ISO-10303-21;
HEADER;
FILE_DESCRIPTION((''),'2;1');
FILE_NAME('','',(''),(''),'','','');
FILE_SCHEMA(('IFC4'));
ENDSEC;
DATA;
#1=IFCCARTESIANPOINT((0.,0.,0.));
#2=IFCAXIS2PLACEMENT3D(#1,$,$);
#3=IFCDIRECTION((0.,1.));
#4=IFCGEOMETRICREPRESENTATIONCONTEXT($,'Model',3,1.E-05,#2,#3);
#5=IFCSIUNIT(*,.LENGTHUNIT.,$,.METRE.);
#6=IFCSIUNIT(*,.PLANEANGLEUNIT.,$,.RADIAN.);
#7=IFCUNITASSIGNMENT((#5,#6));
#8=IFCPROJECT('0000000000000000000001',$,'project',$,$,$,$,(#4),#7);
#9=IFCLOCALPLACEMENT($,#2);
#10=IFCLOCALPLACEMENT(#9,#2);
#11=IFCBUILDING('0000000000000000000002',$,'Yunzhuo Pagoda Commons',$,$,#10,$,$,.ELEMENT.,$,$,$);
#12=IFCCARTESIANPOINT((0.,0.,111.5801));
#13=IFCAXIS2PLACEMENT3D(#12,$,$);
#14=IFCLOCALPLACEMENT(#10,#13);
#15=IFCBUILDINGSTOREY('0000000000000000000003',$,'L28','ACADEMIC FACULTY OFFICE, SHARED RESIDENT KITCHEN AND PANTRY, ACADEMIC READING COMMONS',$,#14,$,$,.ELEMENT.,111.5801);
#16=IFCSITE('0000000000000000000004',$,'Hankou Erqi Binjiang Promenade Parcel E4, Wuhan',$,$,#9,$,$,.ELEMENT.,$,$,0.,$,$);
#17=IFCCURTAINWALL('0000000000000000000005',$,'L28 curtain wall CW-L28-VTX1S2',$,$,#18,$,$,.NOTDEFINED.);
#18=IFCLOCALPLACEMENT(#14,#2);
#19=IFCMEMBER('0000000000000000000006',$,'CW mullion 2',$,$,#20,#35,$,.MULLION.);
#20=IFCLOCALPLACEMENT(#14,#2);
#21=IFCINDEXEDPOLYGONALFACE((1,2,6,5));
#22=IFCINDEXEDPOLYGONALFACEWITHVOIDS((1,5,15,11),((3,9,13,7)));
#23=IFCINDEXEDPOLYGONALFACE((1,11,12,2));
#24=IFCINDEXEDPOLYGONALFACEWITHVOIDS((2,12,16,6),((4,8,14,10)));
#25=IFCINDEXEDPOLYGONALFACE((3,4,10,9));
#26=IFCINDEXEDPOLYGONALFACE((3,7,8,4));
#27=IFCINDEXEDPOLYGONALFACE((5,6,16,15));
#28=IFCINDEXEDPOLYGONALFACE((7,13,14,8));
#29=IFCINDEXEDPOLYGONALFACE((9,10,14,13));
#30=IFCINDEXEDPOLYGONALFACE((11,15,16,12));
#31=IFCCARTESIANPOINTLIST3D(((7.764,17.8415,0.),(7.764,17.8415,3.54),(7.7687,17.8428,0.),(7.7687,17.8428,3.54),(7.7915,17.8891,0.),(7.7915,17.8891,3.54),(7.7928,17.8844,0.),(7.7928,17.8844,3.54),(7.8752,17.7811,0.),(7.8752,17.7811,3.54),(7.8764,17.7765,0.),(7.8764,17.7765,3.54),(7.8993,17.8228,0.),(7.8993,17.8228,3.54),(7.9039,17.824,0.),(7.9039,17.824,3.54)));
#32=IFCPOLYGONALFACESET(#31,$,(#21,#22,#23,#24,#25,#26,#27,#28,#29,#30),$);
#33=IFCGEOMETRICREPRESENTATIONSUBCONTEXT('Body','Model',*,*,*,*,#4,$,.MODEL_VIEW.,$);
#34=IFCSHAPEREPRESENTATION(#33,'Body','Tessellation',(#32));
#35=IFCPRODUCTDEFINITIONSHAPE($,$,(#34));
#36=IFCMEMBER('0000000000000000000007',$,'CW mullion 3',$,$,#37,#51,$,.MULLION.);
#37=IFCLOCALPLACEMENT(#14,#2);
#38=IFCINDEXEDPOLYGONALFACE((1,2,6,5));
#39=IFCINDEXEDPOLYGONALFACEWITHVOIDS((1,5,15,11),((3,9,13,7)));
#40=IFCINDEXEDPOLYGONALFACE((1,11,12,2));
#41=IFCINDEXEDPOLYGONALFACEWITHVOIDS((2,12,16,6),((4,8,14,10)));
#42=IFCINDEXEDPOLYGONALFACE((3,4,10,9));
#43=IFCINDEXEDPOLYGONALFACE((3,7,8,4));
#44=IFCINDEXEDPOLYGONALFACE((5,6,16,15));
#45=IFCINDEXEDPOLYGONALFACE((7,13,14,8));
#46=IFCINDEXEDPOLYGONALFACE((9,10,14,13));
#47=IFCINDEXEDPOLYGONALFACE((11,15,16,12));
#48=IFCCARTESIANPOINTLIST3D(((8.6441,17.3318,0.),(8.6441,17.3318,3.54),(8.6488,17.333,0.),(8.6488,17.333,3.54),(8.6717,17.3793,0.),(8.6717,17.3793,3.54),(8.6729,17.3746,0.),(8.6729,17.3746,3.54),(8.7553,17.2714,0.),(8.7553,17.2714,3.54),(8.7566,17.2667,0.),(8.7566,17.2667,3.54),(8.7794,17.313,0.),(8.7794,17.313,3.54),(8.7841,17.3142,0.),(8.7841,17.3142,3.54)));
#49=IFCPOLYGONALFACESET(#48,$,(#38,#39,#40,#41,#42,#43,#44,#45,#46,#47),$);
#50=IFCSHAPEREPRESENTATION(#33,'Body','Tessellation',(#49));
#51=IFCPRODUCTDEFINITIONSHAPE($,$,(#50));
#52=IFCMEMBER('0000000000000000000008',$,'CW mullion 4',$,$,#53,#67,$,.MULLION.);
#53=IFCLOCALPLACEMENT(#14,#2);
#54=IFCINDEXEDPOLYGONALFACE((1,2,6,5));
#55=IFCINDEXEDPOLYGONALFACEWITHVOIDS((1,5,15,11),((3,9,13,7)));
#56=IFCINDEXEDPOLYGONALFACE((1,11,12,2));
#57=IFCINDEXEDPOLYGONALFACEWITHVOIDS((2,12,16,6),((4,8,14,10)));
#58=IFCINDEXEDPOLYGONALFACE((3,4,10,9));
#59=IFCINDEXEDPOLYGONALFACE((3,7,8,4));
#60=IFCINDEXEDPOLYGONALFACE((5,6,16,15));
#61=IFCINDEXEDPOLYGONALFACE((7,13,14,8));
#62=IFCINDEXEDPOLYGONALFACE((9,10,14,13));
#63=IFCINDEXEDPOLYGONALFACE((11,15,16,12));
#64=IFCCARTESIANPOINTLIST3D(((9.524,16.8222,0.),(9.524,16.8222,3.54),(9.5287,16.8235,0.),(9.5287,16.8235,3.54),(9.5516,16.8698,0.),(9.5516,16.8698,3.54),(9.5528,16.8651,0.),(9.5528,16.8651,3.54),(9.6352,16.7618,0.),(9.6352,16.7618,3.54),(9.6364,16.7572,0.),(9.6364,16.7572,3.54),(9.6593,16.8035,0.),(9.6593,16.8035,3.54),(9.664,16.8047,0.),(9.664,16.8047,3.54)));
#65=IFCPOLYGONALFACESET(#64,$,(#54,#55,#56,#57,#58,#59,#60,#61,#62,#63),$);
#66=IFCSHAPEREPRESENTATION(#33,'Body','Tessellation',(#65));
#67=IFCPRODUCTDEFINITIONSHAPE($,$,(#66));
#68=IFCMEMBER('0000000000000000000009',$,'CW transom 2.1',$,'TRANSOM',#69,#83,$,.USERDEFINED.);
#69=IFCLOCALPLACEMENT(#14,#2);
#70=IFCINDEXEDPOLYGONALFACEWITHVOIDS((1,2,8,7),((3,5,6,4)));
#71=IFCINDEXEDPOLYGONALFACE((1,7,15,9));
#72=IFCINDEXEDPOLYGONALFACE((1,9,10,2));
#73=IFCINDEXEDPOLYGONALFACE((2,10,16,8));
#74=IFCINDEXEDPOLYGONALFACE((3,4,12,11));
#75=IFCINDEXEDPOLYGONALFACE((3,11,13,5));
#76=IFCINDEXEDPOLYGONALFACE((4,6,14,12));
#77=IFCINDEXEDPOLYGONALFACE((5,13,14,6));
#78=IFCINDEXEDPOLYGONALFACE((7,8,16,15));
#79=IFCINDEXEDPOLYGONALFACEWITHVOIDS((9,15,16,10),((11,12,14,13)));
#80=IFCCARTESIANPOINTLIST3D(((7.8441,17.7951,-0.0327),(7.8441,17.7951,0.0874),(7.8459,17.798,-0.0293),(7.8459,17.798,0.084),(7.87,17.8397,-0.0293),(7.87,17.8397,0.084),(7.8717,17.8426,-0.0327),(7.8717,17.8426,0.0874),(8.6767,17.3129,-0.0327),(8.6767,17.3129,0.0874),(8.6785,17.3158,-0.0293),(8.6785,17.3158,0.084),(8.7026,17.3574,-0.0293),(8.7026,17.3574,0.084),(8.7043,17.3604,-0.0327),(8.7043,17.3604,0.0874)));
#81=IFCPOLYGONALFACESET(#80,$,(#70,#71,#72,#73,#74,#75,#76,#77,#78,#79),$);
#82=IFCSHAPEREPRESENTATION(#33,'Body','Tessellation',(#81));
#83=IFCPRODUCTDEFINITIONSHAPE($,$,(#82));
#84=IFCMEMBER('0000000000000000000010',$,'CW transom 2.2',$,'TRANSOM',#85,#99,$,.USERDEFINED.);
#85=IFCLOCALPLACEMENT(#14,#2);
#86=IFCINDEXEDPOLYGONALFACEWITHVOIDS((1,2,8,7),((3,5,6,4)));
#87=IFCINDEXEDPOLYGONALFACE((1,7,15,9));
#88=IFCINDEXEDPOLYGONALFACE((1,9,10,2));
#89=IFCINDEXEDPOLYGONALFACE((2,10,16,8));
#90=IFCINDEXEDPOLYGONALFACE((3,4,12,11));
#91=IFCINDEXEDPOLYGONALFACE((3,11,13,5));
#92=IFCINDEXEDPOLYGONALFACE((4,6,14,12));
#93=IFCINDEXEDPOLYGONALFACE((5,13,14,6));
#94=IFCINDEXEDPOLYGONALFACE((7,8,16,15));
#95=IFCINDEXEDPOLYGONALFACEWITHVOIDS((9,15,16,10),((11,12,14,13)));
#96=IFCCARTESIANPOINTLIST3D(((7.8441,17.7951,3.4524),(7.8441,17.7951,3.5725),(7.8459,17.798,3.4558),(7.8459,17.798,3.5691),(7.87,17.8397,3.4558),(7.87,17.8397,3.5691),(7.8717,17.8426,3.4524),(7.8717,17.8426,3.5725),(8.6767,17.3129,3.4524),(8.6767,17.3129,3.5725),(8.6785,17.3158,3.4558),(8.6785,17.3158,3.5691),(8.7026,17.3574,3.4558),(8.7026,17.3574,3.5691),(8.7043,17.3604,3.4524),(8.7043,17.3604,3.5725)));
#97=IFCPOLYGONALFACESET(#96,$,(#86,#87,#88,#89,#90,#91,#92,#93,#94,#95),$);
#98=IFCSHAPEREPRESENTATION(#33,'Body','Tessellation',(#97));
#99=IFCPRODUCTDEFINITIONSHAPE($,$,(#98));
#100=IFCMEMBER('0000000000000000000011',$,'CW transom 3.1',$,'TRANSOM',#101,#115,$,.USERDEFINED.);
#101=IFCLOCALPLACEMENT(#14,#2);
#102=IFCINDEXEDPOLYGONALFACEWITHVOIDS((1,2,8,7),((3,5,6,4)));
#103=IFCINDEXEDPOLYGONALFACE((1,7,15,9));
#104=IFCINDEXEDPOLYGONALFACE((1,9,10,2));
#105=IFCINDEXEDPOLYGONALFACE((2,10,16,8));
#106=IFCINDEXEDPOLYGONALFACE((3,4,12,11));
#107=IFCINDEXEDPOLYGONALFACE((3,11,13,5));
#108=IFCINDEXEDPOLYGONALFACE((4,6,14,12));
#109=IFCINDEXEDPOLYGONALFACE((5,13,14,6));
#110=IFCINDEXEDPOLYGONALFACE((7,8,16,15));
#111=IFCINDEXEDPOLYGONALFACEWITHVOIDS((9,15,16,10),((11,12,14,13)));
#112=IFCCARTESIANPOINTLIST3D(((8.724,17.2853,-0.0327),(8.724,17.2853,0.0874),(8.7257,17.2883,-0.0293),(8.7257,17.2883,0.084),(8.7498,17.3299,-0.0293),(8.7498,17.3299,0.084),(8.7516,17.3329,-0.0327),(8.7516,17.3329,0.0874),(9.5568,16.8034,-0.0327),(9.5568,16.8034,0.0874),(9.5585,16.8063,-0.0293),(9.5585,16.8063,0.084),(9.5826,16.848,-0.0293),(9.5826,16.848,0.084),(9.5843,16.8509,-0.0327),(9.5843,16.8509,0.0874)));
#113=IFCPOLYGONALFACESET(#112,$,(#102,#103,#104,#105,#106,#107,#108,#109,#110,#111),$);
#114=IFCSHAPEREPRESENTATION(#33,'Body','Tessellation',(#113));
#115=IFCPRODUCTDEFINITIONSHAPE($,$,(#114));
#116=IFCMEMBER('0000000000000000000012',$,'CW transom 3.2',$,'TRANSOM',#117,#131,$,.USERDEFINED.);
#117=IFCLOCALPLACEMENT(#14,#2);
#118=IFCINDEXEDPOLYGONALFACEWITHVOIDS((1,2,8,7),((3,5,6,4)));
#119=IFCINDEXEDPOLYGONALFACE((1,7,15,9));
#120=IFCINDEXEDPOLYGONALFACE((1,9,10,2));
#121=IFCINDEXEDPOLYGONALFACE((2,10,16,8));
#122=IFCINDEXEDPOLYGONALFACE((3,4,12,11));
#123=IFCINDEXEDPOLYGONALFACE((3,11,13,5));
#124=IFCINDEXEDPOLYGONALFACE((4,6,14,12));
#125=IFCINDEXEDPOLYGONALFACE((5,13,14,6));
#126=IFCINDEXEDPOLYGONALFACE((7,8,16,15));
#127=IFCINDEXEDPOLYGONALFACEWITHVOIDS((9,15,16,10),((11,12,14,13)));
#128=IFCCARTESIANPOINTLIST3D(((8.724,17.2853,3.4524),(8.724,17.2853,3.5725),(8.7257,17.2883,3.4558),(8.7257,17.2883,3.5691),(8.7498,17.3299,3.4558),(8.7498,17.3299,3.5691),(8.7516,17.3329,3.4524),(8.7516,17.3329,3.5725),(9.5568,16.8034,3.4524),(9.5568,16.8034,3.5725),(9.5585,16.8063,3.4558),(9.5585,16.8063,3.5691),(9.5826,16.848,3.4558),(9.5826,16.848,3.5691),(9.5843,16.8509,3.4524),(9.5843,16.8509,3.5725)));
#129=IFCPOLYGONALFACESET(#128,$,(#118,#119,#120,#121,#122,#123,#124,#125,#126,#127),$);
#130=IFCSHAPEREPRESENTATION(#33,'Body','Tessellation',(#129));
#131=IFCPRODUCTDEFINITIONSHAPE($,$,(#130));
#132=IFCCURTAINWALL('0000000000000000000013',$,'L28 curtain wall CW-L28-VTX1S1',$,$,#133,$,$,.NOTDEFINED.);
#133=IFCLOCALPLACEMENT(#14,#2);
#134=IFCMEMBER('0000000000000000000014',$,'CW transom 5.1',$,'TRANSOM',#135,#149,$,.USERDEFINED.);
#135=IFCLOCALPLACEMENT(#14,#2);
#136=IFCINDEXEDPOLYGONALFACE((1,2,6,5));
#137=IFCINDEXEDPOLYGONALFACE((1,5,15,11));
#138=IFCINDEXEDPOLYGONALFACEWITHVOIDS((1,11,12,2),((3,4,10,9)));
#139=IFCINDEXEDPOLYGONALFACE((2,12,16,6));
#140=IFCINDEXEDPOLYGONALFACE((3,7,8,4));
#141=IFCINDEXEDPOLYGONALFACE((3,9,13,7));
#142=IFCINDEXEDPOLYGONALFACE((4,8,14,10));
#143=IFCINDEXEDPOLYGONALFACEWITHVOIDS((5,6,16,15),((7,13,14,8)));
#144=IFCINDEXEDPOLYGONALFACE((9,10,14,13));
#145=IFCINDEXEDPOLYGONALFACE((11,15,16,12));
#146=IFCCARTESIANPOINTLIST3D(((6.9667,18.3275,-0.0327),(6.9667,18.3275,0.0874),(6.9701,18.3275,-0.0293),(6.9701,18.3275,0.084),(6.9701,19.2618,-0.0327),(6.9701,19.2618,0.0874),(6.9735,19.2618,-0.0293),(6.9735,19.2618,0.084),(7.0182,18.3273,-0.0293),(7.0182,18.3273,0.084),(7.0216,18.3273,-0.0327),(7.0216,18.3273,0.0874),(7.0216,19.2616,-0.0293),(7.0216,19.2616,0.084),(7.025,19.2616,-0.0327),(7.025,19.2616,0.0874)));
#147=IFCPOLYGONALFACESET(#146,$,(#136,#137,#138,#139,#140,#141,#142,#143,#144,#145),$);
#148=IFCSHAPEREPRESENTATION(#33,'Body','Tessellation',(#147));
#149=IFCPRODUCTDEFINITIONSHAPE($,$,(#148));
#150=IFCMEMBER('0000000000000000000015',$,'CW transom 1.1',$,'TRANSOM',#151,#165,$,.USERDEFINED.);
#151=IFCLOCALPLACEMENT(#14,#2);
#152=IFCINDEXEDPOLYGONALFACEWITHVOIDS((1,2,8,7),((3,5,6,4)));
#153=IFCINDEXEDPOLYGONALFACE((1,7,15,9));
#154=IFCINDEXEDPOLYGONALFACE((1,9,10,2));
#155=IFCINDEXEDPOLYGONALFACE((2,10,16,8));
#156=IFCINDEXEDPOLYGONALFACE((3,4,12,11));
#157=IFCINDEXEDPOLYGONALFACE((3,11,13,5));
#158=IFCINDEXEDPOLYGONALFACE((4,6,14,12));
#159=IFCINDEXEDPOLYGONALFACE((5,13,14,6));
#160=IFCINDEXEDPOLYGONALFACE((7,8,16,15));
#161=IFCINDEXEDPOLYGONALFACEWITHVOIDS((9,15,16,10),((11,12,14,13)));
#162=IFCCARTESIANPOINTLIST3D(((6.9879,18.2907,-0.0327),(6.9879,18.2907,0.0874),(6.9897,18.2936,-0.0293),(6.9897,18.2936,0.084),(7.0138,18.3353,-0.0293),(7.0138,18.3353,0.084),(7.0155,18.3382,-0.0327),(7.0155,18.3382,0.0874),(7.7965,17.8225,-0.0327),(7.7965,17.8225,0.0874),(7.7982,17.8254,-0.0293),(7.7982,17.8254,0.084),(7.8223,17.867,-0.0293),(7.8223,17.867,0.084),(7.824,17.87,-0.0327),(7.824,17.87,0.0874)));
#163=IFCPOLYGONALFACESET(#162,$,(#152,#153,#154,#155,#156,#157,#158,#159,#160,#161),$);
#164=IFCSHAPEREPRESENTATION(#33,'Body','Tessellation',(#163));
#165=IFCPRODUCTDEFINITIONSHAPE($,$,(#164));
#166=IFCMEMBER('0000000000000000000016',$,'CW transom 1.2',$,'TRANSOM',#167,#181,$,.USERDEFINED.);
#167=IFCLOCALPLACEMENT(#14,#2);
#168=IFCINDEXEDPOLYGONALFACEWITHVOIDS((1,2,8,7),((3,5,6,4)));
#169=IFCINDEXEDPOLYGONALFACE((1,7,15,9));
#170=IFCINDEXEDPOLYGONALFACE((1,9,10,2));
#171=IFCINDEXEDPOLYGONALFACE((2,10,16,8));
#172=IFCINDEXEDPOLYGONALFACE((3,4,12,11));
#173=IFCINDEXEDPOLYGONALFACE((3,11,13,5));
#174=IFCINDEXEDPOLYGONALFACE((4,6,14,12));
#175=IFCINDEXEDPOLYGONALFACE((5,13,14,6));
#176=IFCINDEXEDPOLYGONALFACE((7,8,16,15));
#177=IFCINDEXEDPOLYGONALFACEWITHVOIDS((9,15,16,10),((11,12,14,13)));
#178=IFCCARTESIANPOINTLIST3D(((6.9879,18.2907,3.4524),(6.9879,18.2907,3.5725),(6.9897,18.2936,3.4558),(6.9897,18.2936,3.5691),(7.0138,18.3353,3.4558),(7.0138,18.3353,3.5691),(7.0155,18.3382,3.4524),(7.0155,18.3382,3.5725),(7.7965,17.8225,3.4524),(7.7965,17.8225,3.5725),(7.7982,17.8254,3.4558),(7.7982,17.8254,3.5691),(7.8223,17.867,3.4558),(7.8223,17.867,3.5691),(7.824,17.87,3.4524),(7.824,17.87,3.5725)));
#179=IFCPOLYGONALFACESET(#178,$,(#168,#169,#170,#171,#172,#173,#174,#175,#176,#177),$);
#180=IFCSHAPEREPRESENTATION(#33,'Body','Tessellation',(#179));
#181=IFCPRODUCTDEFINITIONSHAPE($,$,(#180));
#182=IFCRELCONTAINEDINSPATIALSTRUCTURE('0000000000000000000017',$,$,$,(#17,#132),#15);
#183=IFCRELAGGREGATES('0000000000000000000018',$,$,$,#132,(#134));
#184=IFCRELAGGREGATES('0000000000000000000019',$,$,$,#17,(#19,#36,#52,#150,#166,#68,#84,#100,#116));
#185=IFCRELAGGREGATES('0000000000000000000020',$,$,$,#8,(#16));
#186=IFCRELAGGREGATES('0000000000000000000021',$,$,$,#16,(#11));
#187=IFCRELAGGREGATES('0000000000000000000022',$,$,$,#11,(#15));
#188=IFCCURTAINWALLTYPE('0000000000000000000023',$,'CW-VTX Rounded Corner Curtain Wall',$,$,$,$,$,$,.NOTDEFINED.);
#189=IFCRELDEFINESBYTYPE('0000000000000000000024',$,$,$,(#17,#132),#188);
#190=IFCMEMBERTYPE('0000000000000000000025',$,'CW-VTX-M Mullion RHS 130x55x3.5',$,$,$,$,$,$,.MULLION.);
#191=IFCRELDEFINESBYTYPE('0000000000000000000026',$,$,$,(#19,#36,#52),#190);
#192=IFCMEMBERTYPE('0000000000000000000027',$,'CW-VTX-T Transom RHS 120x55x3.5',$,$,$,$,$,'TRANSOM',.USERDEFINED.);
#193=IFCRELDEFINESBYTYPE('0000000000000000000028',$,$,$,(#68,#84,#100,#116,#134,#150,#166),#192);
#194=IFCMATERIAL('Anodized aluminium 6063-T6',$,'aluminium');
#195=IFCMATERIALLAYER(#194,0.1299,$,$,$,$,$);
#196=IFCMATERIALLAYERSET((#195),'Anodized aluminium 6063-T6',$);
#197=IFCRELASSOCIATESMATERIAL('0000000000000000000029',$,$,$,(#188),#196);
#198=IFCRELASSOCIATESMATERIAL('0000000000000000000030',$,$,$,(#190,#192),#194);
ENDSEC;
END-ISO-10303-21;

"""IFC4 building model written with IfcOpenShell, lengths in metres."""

from ifc_helpers import new_model, si_unit, direction, frame, origin, origin_2d, place, context, subcontext, project, spatial, hollow_rectangle, extrude, source, transform, mapped, material, layer, layer_set, material_profile, profile_set, type_object, element, aggregate, save


model = new_model("IFC4")

# Units and contexts
model_context = context("Model", 3, precision=1e-05, world=origin(), true_north=direction((0.0, 1.0)))
body_context = subcontext(model_context, "Body", "Model", "MODEL_VIEW")
ifc_project = project(units=[si_unit("LENGTHUNIT", "METRE"), si_unit("PLANEANGLEUNIT", "RADIAN")], contexts=[model_context])

# Site, building, storey
site_placement = place(None, origin())
site = spatial("IfcSite", under=ifc_project, at=site_placement, Name="Hankou Erqi Binjiang Promenade Parcel E4, Wuhan", CompositionType="ELEMENT", RefElevation=0.0)
building_placement = place(site_placement, origin())
building = spatial("IfcBuilding", under=site, at=building_placement, Name="Yunzhuo Pagoda Commons", CompositionType="ELEMENT")
storey_placement = place(building_placement, frame((0.0, 0.0, 111.5801)))
storey = spatial("IfcBuildingStorey", under=building, at=storey_placement, Name="L28", Description="ACADEMIC FACULTY OFFICE, SHARED RESIDENT KITCHEN AND PANTRY, ACADEMIC READING COMMONS", CompositionType="ELEMENT", Elevation=111.5801)

# Curtain wall, members
ifc_material_1 = material(Name="Anodized aluminium 6063-T6", Category="aluminium")
ifc_layer_1 = layer(ifc_material_1, 0.1299)
ifc_layer_set_1 = layer_set([ifc_layer_1], Name="Anodized aluminium 6063-T6")
curtain_wall_type = type_object("IfcCurtainWallType", Name="CW-VTX Rounded Corner Curtain Wall", PredefinedType="NOTDEFINED", material=ifc_layer_set_1)
curtain_wall_1_placement = place(storey_placement, origin())
curtain_wall_1 = element("IfcCurtainWall", 1, at=curtain_wall_1_placement, inside=storey, type_object=curtain_wall_type, Name="L28 curtain wall CW-L28-VTX1S2", PredefinedType="NOTDEFINED")
ifc_material_profile_1 = material_profile(ifc_material_1, hollow_rectangle(XDim=0.0549, YDim=0.1299, WallThickness=0.0034, at=origin_2d()), Name="Anodized aluminium 6063-T6")
ifc_profile_set_1 = profile_set([ifc_material_profile_1], Name="Anodized aluminium 6063-T6")
member_type_1 = type_object("IfcMemberType", Name="CW-VTX-M Mullion RHS 130x55x3.5", PredefinedType="MULLION", material=ifc_profile_set_1)
shared_shape_1 = source(origin(), body_context, "Body", "SweptSolid", [
    extrude(hollow_rectangle(XDim=0.0549, YDim=0.1299, WallThickness=0.0034, at=origin_2d()), origin(), (0.0, 0.0, 1.0), 3.54),
])
member_1_placement = place(storey_placement, frame((7.834, 17.8328, 0.0), z_axis=(0.0, 0.0, 1.0), x_axis=(0.501032, 0.865429, 0.0)))
member_1 = element("IfcMember", 2, at=member_1_placement, type_object=member_type_1, Name="CW mullion 2", PredefinedType="MULLION", context=body_context, shape_type="MappedRepresentation", body=[
    mapped(shared_shape_1, transform((0.0, 0.0, 0.0), scale=1.0)),
])
member_2_placement = place(storey_placement, frame((8.7141, 17.323, 0.0), z_axis=(0.0, 0.0, 1.0), x_axis=(0.501032, 0.865429, 0.0)))
member_2 = element("IfcMember", 3, at=member_2_placement, type_object=member_type_1, Name="CW mullion 3", PredefinedType="MULLION", context=body_context, shape_type="MappedRepresentation", body=[
    mapped(shared_shape_1, transform((0.0, 0.0, 0.0), scale=1.0)),
])
member_3_placement = place(storey_placement, frame((9.594, 16.8135, 0.0), z_axis=(0.0, 0.0, 1.0), x_axis=(0.501032, 0.865429, 0.0)))
member_3 = element("IfcMember", 4, at=member_3_placement, type_object=member_type_1, Name="CW mullion 4", PredefinedType="MULLION", context=body_context, shape_type="MappedRepresentation", body=[
    mapped(shared_shape_1, transform((0.0, 0.0, 0.0), scale=1.0)),
])
ifc_material_profile_2 = material_profile(ifc_material_1, hollow_rectangle(XDim=0.0549, YDim=0.1201, WallThickness=0.0034, at=origin_2d()), Name="Anodized aluminium 6063-T6")
ifc_profile_set_2 = profile_set([ifc_material_profile_2], Name="Anodized aluminium 6063-T6")
member_type_2 = type_object("IfcMemberType", Name="CW-VTX-T Transom RHS 120x55x3.5", ElementType="TRANSOM", PredefinedType="USERDEFINED", material=ifc_profile_set_2)
shared_shape_2 = source(origin(), body_context, "Body", "SweptSolid", [
    extrude(hollow_rectangle(XDim=0.0549, YDim=0.1201, WallThickness=0.0034, at=origin_2d()), origin(), (0.0, 0.0, 1.0), 0.9622),
])
member_4_placement = place(storey_placement, frame((7.8579, 17.8188, 0.0273), z_axis=(0.865339, -0.501186, 0.0), x_axis=(0.501186, 0.865339, 0.0)))
member_4 = element("IfcMember", 5, at=member_4_placement, type_object=member_type_2, Name="CW transom 2.1", ObjectType="TRANSOM", PredefinedType="USERDEFINED", context=body_context, shape_type="MappedRepresentation", body=[
    mapped(shared_shape_2, transform((0.0, 0.0, 0.0), scale=1.0)),
])
member_5_placement = place(storey_placement, frame((7.8579, 17.8188, 3.5125), z_axis=(0.865339, -0.501186, 0.0), x_axis=(0.501186, 0.865339, 0.0)))
member_5 = element("IfcMember", 6, at=member_5_placement, type_object=member_type_2, Name="CW transom 2.2", ObjectType="TRANSOM", PredefinedType="USERDEFINED", context=body_context, shape_type="MappedRepresentation", body=[
    mapped(shared_shape_2, transform((0.0, 0.0, 0.0), scale=1.0)),
])
member_6_placement = place(storey_placement, frame((8.7378, 17.3091, 0.0273), z_axis=(0.865513, -0.500886, 0.0), x_axis=(0.500886, 0.865513, 0.0)))
member_6 = element("IfcMember", 7, at=member_6_placement, type_object=member_type_2, Name="CW transom 3.1", ObjectType="TRANSOM", PredefinedType="USERDEFINED", context=body_context, shape_type="MappedRepresentation", body=[
    mapped(shared_shape_2, transform((0.0, 0.0, 0.0), scale=1.0)),
])
member_7_placement = place(storey_placement, frame((8.7378, 17.3091, 3.5125), z_axis=(0.865513, -0.500886, 0.0), x_axis=(0.500886, 0.865513, 0.0)))
member_7 = element("IfcMember", 8, at=member_7_placement, type_object=member_type_2, Name="CW transom 3.2", ObjectType="TRANSOM", PredefinedType="USERDEFINED", context=body_context, shape_type="MappedRepresentation", body=[
    mapped(shared_shape_2, transform((0.0, 0.0, 0.0), scale=1.0)),
])

# Curtain wall, member
curtain_wall_2_placement = place(storey_placement, origin())
curtain_wall_2 = element("IfcCurtainWall", 9, at=curtain_wall_2_placement, inside=storey, type_object=curtain_wall_type, Name="L28 curtain wall CW-L28-VTX1S1", PredefinedType="NOTDEFINED")
shared_shape_3 = source(origin(), body_context, "Body", "SweptSolid", [
    extrude(hollow_rectangle(XDim=0.0549, YDim=0.1201, WallThickness=0.0034, at=origin_2d()), origin(), (0.0, 0.0, 1.0), 0.9343),
])
member_8_placement = place(storey_placement, frame((6.9976, 19.2617, 0.0273), z_axis=(-0.003658, -0.999993, 0.0), x_axis=(0.999993, -0.003658, 0.0)))
member_8 = element("IfcMember", 10, at=member_8_placement, type_object=member_type_2, Name="CW transom 5.1", ObjectType="TRANSOM", PredefinedType="USERDEFINED", context=body_context, shape_type="MappedRepresentation", body=[
    mapped(shared_shape_3, transform((0.0, 0.0, 0.0), scale=1.0)),
])

# Members
member_9_placement = place(storey_placement, frame((7.0017, 18.3145, 0.0273), z_axis=(0.865367, -0.501139, 0.0), x_axis=(0.501139, 0.865367, 0.0)))
member_9 = element("IfcMember", 11, at=member_9_placement, type_object=member_type_2, Name="CW transom 1.1", ObjectType="TRANSOM", PredefinedType="USERDEFINED", context=body_context, shape_type="MappedRepresentation", body=[
    mapped(shared_shape_3, transform((0.0, 0.0, 0.0), scale=1.0)),
])
member_10_placement = place(storey_placement, frame((7.0017, 18.3145, 3.5125), z_axis=(0.865367, -0.501139, 0.0), x_axis=(0.501139, 0.865367, 0.0)))
member_10 = element("IfcMember", 12, at=member_10_placement, type_object=member_type_2, Name="CW transom 1.2", ObjectType="TRANSOM", PredefinedType="USERDEFINED", context=body_context, shape_type="MappedRepresentation", body=[
    mapped(shared_shape_3, transform((0.0, 0.0, 0.0), scale=1.0)),
])

aggregate(curtain_wall_2, [member_8])
aggregate(curtain_wall_1, [member_1, member_2, member_3, member_9, member_10, member_4, member_5, member_6, member_7])

save(model, "model.ifc")
